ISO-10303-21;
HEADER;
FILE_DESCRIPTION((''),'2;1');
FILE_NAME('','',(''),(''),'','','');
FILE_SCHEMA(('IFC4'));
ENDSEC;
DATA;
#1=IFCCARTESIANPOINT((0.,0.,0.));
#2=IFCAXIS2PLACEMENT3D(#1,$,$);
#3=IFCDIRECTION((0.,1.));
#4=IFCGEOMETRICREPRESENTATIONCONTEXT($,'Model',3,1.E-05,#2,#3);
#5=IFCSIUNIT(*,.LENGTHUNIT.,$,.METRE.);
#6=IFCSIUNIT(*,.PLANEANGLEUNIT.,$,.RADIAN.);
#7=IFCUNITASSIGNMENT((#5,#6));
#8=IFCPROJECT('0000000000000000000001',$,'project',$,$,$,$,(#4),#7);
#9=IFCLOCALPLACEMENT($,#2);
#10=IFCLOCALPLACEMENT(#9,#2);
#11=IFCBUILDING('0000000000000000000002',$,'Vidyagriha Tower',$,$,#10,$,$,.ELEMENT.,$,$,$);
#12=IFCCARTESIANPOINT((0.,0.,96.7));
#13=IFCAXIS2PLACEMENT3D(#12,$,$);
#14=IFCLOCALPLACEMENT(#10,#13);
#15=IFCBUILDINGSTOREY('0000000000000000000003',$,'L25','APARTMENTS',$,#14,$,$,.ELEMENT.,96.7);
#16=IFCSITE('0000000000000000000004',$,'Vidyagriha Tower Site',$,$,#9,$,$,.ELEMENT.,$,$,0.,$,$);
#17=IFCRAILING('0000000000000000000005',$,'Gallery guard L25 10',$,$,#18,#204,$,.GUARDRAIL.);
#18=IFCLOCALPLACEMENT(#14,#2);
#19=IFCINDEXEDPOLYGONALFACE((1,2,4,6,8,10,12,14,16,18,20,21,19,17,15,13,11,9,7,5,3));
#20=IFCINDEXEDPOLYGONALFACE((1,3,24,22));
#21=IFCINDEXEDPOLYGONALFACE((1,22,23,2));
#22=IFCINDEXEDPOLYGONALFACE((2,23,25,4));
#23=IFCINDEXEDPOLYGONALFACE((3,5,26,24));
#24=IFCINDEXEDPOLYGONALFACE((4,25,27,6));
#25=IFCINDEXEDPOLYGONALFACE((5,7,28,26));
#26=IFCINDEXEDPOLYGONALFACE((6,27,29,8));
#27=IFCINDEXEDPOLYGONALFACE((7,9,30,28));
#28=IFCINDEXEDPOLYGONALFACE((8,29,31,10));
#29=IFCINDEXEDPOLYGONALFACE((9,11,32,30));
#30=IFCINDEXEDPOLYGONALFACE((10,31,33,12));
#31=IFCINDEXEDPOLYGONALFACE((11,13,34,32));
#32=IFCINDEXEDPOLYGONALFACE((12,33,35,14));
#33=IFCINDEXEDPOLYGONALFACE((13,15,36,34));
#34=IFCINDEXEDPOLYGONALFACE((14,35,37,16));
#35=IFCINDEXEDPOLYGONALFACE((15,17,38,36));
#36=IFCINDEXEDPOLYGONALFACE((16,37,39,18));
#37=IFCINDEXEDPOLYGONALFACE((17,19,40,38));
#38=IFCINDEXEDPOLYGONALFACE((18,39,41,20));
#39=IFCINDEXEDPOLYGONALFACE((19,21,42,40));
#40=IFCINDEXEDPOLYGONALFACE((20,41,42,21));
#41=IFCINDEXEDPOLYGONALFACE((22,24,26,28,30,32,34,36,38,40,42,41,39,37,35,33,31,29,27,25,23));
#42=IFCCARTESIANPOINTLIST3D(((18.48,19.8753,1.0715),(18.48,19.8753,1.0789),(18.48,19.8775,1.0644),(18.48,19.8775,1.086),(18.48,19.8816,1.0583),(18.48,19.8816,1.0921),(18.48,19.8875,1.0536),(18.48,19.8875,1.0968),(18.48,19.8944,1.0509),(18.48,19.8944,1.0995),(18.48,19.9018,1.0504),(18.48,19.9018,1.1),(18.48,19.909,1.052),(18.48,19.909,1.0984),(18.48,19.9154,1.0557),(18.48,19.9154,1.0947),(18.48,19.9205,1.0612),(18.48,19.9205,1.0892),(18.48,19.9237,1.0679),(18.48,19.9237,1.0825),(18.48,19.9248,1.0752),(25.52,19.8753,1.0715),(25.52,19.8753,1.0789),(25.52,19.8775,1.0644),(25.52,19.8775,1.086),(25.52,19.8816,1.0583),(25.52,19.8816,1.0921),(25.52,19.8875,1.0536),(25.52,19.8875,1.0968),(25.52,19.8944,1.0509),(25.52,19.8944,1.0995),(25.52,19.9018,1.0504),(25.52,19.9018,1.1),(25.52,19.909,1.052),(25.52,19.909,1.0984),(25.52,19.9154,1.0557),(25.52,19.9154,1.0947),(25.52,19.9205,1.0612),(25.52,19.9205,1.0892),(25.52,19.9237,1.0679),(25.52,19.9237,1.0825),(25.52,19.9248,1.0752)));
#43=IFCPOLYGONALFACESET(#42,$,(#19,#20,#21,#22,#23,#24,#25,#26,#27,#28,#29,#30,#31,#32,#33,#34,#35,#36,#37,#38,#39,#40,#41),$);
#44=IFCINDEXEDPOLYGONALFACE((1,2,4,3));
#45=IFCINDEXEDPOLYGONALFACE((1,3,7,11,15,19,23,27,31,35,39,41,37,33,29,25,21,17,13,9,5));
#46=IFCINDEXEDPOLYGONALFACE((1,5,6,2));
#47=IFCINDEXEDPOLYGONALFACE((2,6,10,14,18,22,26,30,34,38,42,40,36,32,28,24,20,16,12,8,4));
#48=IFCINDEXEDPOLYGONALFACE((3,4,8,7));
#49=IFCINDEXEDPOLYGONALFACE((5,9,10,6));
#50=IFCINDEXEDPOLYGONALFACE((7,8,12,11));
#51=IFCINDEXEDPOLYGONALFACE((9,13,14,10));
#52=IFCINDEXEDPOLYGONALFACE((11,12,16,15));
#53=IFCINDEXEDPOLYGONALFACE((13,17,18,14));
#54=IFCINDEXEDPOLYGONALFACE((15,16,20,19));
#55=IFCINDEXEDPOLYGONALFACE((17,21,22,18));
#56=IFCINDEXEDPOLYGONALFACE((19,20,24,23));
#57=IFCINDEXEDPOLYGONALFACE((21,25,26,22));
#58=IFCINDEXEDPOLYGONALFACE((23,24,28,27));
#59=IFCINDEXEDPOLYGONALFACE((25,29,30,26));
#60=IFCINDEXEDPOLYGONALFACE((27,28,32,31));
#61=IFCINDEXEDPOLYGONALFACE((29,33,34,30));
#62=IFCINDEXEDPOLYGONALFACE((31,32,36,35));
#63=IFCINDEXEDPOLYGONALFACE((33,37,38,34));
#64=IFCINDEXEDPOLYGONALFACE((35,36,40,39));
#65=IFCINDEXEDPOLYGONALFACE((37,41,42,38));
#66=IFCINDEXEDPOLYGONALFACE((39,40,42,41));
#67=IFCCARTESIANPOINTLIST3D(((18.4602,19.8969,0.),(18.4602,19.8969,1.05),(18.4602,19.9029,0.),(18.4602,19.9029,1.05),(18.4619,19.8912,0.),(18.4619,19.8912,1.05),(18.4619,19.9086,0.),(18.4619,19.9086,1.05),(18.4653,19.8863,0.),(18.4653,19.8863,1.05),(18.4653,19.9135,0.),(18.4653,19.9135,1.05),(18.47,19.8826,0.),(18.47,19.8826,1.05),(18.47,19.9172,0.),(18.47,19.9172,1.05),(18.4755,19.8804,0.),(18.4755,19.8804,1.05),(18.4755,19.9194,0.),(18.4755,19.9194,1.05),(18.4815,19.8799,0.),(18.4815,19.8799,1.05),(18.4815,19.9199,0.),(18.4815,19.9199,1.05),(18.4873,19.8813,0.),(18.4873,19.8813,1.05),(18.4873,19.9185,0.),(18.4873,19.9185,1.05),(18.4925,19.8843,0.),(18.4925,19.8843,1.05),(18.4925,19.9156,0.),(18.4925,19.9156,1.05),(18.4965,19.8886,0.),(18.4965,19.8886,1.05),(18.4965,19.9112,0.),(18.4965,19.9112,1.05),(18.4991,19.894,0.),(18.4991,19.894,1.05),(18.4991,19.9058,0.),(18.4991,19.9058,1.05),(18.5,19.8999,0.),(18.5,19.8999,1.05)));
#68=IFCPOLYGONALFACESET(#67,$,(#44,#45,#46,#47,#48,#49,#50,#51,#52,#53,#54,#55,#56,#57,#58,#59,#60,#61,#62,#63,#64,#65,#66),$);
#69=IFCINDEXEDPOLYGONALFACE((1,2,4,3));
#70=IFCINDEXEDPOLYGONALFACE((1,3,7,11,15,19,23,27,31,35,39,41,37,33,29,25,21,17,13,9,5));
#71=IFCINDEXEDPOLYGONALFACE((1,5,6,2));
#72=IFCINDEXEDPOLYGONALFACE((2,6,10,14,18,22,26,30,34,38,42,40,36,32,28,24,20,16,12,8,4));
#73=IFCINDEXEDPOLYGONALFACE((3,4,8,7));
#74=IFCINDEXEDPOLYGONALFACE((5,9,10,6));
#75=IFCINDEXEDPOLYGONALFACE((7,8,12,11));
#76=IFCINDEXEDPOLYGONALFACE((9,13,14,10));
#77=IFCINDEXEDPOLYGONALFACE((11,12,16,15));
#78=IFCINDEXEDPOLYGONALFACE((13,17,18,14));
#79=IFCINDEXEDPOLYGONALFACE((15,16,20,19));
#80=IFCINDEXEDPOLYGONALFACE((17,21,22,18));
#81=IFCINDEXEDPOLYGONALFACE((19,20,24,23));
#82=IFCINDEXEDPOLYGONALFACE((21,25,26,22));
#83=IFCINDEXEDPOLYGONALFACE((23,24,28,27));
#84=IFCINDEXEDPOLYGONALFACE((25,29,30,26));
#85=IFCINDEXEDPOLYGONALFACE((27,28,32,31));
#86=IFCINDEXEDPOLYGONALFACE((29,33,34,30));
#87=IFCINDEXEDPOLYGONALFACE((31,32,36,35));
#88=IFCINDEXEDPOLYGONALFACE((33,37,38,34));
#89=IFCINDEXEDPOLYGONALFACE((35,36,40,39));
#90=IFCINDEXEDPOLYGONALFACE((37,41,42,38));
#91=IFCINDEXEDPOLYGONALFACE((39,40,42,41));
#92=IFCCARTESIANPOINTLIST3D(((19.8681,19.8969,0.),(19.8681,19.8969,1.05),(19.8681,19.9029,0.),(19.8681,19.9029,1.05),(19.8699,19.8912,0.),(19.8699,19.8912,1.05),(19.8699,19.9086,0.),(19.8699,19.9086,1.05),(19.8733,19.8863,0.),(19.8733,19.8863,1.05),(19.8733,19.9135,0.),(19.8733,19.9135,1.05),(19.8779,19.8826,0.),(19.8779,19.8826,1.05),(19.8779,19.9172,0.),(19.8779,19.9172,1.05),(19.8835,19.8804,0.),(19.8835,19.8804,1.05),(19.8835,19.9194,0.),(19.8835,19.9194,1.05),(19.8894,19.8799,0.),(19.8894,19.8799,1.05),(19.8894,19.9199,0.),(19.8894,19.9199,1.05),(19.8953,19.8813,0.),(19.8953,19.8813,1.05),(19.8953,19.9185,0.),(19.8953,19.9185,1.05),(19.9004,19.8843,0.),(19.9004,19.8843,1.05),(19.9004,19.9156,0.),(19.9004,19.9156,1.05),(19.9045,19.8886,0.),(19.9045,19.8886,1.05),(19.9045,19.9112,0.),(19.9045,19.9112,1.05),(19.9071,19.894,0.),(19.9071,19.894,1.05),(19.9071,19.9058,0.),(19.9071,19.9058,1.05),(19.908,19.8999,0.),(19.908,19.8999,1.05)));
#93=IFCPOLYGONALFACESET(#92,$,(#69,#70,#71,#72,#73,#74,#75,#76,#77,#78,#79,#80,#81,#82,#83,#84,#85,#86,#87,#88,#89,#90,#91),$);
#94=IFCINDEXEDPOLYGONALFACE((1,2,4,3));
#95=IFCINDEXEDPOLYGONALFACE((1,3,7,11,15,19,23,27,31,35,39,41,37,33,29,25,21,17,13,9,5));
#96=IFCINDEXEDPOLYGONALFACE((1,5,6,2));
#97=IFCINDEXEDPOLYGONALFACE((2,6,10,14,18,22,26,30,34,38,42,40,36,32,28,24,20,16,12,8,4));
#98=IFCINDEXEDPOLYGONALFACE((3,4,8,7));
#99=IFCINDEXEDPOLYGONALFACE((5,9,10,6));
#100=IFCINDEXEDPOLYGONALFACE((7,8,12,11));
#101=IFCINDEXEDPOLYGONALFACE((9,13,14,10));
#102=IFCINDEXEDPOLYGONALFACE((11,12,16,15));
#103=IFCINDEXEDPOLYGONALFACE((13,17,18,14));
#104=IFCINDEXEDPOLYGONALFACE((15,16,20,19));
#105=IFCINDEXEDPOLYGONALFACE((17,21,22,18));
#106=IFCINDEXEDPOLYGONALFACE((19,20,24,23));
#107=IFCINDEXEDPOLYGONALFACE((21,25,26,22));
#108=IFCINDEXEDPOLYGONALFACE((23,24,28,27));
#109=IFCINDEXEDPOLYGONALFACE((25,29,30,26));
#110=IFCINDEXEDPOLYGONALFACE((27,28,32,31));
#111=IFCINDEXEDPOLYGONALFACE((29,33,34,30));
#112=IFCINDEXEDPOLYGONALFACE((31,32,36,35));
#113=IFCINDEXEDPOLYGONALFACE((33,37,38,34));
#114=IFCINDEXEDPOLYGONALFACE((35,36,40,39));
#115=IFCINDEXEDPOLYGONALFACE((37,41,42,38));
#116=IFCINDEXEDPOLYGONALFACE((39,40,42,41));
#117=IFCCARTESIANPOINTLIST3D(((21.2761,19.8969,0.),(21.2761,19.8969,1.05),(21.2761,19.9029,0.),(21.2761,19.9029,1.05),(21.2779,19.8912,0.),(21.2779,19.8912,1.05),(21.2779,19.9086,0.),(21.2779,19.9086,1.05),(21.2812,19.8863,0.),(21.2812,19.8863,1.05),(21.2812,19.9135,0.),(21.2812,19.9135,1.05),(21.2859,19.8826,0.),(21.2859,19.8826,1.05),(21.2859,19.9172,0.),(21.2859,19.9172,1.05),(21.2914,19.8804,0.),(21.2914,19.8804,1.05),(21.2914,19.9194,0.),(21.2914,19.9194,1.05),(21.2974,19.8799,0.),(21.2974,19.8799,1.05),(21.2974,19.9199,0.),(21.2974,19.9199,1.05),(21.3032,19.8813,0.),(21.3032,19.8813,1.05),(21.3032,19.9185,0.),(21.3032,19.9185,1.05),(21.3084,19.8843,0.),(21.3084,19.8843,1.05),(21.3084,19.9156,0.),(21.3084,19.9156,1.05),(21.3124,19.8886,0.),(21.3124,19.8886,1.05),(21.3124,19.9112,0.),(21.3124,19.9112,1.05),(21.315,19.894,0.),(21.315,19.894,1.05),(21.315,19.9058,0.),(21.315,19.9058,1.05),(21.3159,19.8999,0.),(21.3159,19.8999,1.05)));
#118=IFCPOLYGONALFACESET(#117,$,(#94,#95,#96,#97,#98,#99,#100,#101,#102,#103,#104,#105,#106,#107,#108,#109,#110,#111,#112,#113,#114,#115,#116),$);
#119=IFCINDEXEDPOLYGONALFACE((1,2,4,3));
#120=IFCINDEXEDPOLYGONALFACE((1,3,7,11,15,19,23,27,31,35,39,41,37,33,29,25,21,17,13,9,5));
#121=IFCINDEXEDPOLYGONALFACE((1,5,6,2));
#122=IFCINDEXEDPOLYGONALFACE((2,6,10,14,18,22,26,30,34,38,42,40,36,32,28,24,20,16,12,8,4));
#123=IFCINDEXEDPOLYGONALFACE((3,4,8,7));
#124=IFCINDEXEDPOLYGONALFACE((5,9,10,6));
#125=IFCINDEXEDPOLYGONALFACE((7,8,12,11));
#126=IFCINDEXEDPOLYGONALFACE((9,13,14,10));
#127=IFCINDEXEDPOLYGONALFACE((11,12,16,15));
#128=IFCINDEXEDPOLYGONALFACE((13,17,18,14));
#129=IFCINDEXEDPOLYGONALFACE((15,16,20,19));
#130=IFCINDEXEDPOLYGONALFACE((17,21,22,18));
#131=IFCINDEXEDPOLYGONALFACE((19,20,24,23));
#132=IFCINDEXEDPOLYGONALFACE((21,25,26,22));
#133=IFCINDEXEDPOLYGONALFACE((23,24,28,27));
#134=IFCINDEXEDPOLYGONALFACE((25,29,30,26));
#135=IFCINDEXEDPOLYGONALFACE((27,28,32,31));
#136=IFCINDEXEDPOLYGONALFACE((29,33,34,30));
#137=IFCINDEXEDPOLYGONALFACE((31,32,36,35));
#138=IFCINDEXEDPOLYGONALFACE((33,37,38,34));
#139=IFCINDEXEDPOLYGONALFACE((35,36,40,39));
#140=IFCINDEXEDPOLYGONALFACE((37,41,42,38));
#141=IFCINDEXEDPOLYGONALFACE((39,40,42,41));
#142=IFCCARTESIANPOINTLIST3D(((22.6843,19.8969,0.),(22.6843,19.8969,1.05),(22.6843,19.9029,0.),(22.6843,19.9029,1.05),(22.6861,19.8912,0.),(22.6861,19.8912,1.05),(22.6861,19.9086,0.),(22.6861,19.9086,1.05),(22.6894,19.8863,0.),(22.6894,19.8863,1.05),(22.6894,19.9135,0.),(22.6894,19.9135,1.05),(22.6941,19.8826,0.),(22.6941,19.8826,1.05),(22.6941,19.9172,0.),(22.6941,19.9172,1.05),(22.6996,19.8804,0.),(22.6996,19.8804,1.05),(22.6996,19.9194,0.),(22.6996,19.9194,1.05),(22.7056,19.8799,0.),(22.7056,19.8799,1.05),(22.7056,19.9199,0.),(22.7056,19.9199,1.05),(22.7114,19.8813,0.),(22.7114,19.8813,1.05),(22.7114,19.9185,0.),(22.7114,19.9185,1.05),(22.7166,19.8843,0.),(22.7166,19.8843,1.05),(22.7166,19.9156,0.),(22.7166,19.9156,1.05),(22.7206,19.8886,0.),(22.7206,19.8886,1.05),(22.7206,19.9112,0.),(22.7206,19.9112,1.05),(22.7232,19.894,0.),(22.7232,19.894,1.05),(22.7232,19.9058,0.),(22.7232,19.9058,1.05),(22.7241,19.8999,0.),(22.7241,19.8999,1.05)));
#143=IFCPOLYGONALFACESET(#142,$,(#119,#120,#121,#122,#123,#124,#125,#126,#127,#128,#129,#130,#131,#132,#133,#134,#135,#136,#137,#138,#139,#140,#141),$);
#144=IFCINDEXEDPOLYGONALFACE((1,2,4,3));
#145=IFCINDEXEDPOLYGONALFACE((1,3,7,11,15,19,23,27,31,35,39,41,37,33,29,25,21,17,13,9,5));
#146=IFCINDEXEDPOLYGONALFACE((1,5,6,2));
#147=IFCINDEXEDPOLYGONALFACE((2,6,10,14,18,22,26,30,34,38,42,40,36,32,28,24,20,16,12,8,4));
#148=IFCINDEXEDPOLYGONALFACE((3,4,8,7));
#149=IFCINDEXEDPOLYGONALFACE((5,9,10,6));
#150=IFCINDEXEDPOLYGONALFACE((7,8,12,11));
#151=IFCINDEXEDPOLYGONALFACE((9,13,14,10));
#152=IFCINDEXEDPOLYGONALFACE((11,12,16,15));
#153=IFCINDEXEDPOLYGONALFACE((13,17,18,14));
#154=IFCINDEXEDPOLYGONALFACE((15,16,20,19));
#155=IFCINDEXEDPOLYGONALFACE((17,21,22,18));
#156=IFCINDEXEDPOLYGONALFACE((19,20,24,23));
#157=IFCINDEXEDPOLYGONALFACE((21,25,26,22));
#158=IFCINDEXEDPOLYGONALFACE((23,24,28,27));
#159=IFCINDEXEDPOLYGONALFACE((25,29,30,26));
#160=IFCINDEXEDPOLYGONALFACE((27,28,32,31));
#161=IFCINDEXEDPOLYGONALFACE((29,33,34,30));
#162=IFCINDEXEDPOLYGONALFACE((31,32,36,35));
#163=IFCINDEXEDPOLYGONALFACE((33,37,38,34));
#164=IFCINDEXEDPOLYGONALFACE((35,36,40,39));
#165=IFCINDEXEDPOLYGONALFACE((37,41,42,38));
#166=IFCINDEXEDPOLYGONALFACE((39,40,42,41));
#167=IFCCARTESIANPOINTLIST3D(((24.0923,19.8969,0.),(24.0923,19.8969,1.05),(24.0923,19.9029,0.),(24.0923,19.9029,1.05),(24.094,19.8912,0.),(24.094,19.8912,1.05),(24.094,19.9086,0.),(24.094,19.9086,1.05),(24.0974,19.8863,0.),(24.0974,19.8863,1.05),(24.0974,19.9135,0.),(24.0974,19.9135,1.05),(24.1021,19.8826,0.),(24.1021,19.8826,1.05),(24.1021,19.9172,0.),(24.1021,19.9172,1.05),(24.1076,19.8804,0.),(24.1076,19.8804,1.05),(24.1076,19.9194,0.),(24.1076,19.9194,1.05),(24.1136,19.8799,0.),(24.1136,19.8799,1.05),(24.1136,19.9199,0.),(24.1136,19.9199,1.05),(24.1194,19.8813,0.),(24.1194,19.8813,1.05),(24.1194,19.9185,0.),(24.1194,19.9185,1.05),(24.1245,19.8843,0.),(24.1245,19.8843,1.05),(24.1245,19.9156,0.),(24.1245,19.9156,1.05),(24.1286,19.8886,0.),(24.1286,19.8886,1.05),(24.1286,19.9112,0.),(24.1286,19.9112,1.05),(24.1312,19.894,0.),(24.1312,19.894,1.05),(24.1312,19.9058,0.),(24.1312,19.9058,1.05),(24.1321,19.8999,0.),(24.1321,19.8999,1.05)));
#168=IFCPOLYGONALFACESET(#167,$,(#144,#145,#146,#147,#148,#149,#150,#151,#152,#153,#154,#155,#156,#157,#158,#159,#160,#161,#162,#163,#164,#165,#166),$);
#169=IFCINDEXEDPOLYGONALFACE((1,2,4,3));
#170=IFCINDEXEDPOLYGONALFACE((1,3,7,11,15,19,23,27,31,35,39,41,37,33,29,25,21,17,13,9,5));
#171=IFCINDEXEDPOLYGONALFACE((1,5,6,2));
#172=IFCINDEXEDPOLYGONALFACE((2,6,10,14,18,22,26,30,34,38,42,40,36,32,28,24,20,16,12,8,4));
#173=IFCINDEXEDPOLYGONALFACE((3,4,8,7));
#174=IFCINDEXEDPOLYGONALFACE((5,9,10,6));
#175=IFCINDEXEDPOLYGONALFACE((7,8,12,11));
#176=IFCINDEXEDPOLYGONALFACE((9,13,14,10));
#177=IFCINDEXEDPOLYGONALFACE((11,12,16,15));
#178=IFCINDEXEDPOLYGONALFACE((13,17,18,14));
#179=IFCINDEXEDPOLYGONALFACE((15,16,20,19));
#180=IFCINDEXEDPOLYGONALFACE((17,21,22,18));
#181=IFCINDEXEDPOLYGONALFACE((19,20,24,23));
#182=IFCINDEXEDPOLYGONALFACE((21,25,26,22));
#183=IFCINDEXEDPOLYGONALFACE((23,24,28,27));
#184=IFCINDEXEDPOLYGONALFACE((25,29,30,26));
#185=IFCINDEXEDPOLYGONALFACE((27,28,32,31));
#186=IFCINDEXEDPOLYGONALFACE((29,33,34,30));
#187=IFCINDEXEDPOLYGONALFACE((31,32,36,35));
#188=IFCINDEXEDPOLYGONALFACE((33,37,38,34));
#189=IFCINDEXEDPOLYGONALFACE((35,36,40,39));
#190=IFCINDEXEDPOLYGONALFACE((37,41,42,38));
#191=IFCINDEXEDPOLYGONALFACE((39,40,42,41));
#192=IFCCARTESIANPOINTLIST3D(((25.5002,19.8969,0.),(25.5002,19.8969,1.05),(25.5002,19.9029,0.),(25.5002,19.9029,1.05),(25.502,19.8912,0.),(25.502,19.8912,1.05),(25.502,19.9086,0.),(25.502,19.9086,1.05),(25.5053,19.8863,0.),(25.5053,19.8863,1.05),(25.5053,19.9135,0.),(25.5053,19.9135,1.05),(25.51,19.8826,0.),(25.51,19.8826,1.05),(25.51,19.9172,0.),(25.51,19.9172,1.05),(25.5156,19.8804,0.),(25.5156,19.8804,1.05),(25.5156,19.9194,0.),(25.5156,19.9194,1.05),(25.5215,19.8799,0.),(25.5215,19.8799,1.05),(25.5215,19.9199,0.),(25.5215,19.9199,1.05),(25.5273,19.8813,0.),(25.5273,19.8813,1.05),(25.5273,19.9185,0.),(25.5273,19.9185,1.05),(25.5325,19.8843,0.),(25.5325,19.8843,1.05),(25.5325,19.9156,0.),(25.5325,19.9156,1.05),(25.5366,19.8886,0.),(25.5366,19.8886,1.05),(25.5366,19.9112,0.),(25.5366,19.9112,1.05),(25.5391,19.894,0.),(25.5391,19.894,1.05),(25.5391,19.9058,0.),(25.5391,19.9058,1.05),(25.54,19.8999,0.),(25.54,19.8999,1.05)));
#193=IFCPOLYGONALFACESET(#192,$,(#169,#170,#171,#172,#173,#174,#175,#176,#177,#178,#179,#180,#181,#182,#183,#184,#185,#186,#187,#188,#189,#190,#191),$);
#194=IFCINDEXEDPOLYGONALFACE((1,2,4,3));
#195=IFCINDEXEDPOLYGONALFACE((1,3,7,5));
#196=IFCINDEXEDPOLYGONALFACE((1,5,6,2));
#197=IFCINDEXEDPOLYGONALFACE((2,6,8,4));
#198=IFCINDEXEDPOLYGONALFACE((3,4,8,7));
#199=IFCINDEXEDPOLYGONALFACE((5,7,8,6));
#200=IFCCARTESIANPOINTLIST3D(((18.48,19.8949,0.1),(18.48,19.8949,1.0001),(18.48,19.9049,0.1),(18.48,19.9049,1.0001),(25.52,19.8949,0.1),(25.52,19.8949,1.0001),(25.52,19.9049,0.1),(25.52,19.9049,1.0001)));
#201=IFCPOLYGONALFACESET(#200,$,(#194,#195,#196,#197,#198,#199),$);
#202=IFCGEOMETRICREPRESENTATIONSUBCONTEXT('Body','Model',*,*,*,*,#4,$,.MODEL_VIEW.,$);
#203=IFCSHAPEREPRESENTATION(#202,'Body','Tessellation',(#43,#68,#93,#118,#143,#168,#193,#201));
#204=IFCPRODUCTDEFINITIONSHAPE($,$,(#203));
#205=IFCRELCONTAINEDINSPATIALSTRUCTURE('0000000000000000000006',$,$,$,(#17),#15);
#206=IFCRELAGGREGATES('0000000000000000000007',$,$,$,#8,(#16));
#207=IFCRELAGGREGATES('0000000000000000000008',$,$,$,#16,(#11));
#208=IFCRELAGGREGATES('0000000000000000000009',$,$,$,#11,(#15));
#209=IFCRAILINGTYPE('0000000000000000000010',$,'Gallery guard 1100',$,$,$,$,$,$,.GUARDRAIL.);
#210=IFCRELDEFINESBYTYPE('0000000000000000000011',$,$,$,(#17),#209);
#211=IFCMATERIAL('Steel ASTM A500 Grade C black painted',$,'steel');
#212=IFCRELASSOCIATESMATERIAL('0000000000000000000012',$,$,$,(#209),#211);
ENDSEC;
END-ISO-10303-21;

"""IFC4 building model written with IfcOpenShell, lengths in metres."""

from ifc_helpers import new_model, si_unit, direction, frame, origin, origin_2d, place, context, subcontext, project, spatial, rectangle, circle, extrude, material, type_object, element, save


model = new_model("IFC4")

# Units and contexts
model_context = context("Model", 3, precision=1e-05, world=origin(), true_north=direction((0.0, 1.0)))
body_context = subcontext(model_context, "Body", "Model", "MODEL_VIEW")
ifc_project = project(units=[si_unit("LENGTHUNIT", "METRE"), si_unit("PLANEANGLEUNIT", "RADIAN")], contexts=[model_context])

# Site, building, storey
site_placement = place(None, origin())
site = spatial("IfcSite", under=ifc_project, at=site_placement, Name="Vidyagriha Tower Site", CompositionType="ELEMENT", RefElevation=0.0)
building_placement = place(site_placement, origin())
building = spatial("IfcBuilding", under=site, at=building_placement, Name="Vidyagriha Tower", CompositionType="ELEMENT")
storey_placement = place(building_placement, frame((0.0, 0.0, 96.7)))
storey = spatial("IfcBuildingStorey", under=building, at=storey_placement, Name="L25", Description="APARTMENTS", CompositionType="ELEMENT", Elevation=96.7)

# Railing
ifc_material_1 = material(Name="Steel ASTM A500 Grade C black painted", Category="steel")
railing_type = type_object("IfcRailingType", Name="Gallery guard 1100", PredefinedType="GUARDRAIL", material=ifc_material_1)
for number, where, name in (
    (1, (18.48, 19.8999, 0.0), "Gallery guard L25 10"),
):
    element("IfcRailing", number, at=place(storey_placement, frame(where)), inside=storey, type_object=railing_type, Name=name, PredefinedType="GUARDRAIL", context=body_context, shape_type="SweptSolid", body=[
        extrude(circle(Radius=0.0249, at=origin_2d()), frame((0.0, 0.0, 1.0752), z_axis=(1.0, 0.0, 0.0), x_axis=(0.0, 1.0, 0.0)), (0.0, 0.0, 1.0), 7.04),
        extrude(circle(Radius=0.02, at=origin_2d()), origin(), (0.0, 0.0, 1.0), 1.05),
        extrude(circle(Radius=0.02, at=origin_2d()), frame((1.408, 0.0, 0.0)), (0.0, 0.0, 1.0), 1.05),
        extrude(circle(Radius=0.02, at=origin_2d()), frame((2.8159, 0.0, 0.0)), (0.0, 0.0, 1.0), 1.05),
        extrude(circle(Radius=0.02, at=origin_2d()), frame((4.2241, 0.0, 0.0)), (0.0, 0.0, 1.0), 1.05),
        extrude(circle(Radius=0.02, at=origin_2d()), frame((5.6321, 0.0, 0.0)), (0.0, 0.0, 1.0), 1.05),
        extrude(circle(Radius=0.02, at=origin_2d()), frame((7.04, 0.0, 0.0)), (0.0, 0.0, 1.0), 1.05),
        extrude(rectangle(XDim=0.01, YDim=0.9001, at=origin_2d()), frame((0.0, 0.0, 0.55), z_axis=(1.0, 0.0, 0.0), x_axis=(0.0, 1.0, 0.0)), (0.0, 0.0, 1.0), 7.04),
    ])

save(model, "model.ifc")
